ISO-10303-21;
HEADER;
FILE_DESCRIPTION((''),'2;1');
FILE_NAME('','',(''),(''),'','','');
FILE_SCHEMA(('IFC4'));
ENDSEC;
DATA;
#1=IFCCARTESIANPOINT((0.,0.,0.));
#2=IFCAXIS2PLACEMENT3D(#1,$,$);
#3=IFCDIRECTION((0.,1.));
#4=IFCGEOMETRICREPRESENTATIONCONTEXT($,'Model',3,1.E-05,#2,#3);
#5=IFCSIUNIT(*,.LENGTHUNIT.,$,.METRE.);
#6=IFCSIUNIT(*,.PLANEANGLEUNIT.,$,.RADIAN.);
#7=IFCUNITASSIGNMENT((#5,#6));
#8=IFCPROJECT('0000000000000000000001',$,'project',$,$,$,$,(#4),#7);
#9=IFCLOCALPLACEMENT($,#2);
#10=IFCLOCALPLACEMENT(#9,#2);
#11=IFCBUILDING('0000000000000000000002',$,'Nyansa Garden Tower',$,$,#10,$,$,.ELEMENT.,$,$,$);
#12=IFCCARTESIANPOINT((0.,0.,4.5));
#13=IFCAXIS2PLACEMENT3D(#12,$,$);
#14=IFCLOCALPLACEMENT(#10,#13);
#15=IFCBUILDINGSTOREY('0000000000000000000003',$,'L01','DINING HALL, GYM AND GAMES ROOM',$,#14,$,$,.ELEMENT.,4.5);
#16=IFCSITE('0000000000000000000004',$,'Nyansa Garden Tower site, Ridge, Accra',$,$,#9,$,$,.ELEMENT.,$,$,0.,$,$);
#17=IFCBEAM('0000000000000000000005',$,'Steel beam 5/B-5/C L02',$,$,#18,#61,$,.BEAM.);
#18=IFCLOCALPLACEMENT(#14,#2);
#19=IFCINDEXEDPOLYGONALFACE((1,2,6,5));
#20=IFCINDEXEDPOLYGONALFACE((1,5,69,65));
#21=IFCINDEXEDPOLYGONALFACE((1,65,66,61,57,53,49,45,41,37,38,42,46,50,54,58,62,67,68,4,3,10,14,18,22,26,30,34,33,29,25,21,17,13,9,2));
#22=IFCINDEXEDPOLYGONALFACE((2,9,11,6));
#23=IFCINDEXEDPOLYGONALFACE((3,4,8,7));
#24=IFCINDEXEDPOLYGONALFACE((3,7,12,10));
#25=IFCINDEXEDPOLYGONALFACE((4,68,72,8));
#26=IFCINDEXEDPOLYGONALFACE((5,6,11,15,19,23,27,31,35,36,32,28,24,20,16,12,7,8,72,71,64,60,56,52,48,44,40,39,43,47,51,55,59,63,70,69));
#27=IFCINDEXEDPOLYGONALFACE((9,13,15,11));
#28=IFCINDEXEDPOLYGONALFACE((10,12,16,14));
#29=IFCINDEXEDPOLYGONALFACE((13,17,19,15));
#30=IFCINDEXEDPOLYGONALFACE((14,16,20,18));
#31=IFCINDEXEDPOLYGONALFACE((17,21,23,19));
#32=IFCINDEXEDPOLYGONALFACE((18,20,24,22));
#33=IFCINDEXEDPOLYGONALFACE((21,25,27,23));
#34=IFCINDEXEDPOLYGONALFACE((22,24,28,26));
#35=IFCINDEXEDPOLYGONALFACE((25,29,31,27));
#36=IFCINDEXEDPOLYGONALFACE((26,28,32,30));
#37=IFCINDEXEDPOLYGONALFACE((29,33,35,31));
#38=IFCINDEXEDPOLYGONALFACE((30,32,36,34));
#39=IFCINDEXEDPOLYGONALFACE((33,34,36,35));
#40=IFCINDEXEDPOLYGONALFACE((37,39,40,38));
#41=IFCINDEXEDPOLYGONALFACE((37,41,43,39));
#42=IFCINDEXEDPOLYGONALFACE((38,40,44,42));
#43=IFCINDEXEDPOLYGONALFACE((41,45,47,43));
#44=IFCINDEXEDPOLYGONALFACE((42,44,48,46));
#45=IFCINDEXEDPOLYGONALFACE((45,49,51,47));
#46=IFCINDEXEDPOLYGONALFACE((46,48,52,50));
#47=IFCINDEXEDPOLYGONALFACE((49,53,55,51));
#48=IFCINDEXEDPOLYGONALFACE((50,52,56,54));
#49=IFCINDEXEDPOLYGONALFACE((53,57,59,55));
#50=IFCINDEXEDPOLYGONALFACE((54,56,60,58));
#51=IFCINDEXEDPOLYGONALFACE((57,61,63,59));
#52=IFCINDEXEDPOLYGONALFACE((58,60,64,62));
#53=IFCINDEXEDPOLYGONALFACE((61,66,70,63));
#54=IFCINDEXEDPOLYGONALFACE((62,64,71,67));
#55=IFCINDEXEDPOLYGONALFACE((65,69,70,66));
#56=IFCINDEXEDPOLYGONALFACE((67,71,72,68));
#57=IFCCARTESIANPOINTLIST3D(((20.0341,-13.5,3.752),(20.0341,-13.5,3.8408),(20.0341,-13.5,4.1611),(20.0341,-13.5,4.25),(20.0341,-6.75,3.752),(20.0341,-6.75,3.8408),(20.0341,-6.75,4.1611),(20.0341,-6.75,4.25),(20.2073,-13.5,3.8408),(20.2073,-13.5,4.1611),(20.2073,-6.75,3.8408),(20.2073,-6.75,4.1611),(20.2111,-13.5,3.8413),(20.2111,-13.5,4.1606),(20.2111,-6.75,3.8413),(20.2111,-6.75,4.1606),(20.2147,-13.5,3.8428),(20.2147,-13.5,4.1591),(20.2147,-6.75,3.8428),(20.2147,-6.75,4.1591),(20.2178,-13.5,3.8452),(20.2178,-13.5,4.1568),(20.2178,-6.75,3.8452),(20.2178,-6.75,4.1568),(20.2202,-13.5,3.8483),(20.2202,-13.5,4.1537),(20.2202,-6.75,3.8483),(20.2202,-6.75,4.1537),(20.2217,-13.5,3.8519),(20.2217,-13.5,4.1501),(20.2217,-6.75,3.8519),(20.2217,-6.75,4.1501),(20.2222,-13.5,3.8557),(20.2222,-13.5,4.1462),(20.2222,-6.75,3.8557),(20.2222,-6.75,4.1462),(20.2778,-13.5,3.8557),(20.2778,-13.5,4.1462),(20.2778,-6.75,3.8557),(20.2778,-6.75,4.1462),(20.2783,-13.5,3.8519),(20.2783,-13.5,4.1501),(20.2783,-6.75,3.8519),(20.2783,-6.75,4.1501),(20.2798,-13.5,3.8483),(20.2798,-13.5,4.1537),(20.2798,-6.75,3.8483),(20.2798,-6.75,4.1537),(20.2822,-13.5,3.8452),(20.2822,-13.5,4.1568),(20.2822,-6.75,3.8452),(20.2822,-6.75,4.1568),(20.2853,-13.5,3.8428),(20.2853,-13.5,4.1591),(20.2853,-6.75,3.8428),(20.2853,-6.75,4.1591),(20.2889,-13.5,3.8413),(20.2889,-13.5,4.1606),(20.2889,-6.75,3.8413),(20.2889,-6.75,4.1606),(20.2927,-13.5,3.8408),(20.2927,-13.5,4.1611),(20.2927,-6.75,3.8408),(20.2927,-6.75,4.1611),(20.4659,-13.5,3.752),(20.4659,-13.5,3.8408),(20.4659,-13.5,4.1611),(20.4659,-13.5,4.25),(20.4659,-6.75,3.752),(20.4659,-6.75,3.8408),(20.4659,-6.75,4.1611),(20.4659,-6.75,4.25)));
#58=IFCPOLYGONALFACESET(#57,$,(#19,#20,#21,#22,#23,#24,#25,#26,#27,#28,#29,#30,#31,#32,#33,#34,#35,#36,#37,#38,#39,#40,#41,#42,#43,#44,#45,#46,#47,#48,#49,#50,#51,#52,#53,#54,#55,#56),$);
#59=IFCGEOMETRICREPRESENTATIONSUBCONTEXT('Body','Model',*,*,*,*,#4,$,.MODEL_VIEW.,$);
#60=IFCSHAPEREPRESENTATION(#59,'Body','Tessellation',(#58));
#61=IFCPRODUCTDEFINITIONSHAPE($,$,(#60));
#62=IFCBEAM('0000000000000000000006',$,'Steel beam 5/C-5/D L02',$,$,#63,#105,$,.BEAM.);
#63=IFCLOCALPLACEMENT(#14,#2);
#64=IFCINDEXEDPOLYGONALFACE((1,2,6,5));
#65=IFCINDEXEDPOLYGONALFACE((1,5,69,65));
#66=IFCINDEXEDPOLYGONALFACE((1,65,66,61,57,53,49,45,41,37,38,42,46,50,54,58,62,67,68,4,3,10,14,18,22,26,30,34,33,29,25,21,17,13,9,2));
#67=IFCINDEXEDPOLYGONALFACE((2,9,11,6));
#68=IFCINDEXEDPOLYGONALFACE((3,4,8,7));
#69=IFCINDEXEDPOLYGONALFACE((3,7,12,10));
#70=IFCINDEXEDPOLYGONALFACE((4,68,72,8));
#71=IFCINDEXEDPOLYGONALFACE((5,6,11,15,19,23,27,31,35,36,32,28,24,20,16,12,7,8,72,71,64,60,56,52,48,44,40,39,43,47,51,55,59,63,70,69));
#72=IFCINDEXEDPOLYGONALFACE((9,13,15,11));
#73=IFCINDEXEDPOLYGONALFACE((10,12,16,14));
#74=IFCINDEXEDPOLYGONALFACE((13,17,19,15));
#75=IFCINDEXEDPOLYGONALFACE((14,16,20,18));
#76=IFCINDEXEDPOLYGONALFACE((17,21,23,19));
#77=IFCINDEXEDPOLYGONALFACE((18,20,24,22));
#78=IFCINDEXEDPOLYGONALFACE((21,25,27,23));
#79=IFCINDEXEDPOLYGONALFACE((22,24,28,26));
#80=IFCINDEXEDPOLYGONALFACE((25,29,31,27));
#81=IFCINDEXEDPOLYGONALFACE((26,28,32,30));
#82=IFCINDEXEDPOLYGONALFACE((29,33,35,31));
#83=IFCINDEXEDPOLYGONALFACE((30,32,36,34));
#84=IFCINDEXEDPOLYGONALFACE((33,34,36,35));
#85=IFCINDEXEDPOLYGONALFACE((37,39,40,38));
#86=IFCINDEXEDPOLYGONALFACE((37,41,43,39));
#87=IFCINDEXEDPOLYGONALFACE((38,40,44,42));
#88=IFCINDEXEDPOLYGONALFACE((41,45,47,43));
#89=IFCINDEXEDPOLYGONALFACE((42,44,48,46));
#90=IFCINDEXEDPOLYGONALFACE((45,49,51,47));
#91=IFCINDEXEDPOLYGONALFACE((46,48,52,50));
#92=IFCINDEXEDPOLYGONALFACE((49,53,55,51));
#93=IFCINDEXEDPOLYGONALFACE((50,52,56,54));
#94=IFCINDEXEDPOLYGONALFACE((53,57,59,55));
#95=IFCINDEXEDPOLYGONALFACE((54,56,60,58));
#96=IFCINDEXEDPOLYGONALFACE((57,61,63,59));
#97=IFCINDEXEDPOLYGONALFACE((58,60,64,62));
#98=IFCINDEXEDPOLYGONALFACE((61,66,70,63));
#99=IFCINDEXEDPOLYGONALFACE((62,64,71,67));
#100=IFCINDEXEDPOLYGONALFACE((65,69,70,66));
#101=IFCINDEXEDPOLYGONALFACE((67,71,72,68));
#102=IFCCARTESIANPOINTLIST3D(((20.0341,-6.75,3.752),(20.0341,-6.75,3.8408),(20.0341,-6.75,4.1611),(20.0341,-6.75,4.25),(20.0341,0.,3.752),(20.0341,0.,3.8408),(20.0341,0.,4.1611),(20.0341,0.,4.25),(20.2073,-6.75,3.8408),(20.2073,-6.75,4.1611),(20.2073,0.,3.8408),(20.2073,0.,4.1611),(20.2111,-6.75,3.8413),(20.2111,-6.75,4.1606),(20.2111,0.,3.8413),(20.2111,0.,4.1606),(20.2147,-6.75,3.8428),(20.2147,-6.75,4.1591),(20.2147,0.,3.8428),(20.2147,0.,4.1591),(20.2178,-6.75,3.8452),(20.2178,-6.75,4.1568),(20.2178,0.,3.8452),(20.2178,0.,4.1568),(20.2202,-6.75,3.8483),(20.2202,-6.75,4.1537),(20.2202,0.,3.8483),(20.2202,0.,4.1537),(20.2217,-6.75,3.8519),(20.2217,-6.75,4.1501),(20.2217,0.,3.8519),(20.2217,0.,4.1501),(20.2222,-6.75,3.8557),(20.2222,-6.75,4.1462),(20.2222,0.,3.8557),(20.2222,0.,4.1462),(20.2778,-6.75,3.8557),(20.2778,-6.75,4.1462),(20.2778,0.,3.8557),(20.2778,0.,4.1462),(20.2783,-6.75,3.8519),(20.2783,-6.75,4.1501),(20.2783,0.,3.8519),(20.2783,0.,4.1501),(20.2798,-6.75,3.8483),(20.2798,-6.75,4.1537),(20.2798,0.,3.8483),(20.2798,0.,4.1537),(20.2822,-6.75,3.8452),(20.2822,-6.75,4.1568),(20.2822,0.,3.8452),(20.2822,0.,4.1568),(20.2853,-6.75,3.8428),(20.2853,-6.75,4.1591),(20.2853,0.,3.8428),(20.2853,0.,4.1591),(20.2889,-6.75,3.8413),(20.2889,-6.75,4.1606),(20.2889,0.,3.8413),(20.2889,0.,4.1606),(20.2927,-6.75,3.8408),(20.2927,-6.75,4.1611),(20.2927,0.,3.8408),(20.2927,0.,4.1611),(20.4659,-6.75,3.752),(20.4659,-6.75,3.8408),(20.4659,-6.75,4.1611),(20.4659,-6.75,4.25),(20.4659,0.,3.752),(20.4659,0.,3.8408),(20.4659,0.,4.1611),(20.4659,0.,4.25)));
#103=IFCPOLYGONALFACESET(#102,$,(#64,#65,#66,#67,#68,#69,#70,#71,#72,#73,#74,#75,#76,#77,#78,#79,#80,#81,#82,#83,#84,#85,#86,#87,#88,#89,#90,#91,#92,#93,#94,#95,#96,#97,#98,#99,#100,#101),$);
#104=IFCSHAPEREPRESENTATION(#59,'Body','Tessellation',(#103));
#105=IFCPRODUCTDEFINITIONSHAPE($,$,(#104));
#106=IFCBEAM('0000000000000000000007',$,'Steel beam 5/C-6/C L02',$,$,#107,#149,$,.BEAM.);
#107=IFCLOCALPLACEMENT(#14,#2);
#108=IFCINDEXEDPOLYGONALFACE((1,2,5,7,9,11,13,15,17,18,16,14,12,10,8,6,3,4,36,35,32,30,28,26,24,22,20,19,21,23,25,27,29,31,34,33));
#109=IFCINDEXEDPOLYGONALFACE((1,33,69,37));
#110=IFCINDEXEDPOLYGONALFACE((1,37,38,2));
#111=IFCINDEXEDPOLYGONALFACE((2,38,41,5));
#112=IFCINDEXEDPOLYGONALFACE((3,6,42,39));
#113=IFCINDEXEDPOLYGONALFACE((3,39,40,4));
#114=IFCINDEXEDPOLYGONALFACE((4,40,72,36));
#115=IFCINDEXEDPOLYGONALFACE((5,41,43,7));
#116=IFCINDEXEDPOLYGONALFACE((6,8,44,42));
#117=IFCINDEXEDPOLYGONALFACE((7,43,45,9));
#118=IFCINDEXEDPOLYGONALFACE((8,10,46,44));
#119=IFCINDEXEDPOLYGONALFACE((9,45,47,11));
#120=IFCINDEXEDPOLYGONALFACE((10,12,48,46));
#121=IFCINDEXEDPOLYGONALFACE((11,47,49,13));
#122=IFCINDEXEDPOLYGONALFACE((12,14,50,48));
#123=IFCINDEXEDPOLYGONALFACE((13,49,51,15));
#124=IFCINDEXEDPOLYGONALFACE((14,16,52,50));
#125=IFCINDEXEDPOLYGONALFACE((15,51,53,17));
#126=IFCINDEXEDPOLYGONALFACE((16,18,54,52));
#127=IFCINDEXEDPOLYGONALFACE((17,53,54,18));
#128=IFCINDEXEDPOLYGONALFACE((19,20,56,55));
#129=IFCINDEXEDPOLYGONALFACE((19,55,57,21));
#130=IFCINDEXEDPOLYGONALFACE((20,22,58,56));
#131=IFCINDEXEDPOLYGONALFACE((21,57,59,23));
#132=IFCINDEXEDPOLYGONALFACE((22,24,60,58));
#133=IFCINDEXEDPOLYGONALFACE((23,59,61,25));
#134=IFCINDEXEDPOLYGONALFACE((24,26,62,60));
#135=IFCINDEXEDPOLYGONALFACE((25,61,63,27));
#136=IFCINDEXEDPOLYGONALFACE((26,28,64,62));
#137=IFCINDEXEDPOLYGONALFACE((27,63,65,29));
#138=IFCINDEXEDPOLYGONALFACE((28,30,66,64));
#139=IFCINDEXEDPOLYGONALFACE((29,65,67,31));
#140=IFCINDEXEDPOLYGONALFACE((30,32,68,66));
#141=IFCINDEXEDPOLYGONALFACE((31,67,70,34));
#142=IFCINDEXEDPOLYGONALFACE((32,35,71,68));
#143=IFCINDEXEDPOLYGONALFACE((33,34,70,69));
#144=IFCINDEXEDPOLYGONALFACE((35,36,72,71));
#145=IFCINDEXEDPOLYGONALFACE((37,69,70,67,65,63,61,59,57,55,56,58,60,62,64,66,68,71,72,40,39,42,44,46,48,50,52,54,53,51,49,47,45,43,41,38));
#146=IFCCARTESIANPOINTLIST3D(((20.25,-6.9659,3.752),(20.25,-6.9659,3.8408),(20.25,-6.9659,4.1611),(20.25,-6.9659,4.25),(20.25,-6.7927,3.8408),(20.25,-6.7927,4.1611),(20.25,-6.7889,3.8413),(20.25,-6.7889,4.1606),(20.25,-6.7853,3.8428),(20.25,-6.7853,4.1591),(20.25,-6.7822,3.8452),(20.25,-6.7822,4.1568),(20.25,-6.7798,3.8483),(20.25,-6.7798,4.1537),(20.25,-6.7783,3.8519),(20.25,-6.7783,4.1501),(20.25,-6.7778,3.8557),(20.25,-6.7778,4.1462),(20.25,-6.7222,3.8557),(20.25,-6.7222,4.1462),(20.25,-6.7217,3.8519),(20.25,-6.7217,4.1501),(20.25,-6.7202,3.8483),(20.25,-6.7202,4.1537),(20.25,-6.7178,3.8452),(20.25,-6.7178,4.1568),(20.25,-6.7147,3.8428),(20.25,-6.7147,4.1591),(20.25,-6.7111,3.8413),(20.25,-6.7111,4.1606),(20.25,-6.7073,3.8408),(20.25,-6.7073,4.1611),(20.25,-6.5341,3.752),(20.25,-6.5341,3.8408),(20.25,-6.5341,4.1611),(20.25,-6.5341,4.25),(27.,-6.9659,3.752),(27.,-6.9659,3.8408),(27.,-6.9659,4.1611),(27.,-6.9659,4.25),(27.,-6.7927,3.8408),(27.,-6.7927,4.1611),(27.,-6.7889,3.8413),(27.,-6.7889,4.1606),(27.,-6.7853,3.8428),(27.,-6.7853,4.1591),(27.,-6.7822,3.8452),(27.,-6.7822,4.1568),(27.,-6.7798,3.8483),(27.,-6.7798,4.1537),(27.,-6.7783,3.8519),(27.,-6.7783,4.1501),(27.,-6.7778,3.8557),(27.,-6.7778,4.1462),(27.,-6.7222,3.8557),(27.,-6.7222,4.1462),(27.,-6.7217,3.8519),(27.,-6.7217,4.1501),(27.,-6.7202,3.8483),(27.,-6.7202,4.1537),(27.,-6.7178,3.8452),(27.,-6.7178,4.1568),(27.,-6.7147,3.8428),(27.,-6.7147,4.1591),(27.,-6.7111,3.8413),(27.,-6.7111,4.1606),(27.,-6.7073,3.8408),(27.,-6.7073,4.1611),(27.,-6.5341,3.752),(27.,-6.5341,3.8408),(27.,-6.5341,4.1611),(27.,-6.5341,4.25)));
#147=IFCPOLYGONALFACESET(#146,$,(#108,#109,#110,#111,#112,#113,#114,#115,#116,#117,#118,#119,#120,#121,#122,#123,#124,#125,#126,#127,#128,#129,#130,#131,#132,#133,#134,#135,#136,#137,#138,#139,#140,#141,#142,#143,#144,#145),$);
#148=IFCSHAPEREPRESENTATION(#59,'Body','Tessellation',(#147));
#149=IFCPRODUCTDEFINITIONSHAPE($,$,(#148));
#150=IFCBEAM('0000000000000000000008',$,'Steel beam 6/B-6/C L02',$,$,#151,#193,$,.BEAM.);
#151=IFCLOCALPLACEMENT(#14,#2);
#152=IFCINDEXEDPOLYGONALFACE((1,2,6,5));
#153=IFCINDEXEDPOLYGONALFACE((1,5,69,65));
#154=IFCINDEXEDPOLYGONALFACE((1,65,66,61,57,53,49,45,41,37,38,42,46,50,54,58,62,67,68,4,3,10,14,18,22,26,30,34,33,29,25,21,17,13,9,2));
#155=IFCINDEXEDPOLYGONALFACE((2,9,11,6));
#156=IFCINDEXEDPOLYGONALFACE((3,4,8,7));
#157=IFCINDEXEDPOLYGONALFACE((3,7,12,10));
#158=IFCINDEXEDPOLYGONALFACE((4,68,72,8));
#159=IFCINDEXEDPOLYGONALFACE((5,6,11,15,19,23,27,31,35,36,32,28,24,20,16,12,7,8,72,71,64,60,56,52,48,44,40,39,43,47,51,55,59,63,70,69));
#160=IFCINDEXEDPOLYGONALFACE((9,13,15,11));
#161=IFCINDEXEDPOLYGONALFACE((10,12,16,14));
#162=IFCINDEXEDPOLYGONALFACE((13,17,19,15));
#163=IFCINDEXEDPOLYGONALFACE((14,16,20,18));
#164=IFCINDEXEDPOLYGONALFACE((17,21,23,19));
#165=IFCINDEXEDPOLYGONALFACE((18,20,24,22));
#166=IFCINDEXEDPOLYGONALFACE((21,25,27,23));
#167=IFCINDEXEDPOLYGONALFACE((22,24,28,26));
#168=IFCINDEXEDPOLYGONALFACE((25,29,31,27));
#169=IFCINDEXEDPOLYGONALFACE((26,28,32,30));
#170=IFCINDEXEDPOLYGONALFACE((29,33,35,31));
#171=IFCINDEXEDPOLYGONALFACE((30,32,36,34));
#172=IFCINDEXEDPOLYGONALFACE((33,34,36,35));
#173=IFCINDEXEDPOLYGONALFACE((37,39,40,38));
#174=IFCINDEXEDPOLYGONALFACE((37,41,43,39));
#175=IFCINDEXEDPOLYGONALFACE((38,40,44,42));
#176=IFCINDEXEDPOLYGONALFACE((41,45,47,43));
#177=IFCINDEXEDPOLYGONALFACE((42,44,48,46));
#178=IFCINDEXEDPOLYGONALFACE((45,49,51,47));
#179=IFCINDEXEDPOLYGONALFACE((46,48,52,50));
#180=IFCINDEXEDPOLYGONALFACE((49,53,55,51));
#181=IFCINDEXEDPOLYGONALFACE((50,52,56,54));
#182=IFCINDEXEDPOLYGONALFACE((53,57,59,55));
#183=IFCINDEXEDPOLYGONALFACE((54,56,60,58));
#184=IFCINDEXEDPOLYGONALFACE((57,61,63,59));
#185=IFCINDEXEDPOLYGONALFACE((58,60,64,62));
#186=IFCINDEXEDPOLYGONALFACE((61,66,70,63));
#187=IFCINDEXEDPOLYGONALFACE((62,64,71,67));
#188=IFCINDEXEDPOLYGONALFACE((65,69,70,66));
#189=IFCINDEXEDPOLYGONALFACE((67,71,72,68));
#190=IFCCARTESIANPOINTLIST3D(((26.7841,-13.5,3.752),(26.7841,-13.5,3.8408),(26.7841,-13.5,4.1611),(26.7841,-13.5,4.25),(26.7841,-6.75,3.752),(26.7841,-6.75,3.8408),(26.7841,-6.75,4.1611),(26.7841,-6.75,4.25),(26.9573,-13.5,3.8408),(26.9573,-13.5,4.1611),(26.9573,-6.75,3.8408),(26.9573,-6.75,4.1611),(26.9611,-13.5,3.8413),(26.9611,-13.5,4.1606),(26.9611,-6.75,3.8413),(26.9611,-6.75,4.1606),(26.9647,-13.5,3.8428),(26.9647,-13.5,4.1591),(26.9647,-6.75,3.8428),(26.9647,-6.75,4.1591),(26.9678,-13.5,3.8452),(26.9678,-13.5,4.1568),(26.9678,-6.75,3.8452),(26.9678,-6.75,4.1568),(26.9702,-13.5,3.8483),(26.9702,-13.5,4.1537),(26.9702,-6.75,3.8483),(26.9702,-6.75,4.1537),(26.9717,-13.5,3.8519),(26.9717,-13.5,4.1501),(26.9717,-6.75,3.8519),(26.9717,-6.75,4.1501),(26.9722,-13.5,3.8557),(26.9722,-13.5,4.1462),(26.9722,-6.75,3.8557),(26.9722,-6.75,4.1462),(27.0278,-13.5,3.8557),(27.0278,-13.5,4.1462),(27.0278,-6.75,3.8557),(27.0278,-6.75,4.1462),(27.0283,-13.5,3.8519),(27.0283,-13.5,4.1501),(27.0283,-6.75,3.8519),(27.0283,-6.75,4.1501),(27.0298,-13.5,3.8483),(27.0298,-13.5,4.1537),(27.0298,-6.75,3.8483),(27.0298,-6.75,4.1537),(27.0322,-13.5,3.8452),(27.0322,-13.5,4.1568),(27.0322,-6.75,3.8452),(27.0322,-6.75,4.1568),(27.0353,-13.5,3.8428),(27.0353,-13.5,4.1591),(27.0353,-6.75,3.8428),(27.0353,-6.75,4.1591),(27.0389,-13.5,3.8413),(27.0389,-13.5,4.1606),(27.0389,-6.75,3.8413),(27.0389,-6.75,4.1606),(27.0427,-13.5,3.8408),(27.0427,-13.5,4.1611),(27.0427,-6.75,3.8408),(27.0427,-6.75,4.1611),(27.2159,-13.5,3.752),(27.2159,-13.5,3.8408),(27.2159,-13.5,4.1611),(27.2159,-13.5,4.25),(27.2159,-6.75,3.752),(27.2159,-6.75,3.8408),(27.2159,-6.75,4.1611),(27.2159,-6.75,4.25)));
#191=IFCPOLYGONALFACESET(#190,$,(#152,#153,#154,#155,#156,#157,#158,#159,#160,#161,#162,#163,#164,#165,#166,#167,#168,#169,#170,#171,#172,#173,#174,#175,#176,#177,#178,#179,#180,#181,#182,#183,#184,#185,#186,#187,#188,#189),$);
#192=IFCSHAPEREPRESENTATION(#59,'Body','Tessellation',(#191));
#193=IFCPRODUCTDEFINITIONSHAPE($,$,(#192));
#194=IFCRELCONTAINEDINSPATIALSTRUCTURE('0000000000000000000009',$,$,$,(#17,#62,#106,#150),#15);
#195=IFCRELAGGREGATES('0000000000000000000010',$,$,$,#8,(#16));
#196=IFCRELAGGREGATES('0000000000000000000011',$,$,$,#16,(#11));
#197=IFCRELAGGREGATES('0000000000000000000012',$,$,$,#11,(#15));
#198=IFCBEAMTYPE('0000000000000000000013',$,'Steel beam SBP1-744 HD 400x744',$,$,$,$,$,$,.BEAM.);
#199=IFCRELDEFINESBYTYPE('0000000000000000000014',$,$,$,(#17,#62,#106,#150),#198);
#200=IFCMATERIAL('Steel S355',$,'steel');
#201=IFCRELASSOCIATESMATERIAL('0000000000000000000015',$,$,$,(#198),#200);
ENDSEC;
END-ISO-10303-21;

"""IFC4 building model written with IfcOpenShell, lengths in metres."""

from ifc_helpers import new_model, si_unit, direction, frame, origin, origin_2d, place, context, subcontext, project, spatial, i_section, extrude, material, material_profile, profile_set, type_object, element, save


model = new_model("IFC4")

# Units and contexts
model_context = context("Model", 3, precision=1e-05, world=origin(), true_north=direction((0.0, 1.0)))
body_context = subcontext(model_context, "Body", "Model", "MODEL_VIEW")
ifc_project = project(units=[si_unit("LENGTHUNIT", "METRE"), si_unit("PLANEANGLEUNIT", "RADIAN")], contexts=[model_context])

# Site, building, storey
site_placement = place(None, origin())
site = spatial("IfcSite", under=ifc_project, at=site_placement, Name="Nyansa Garden Tower site, Ridge, Accra", CompositionType="ELEMENT", RefElevation=0.0)
building_placement = place(site_placement, origin())
building = spatial("IfcBuilding", under=site, at=building_placement, Name="Nyansa Garden Tower", CompositionType="ELEMENT")
storey_placement = place(building_placement, frame((0.0, 0.0, 4.5)))
storey = spatial("IfcBuildingStorey", under=building, at=storey_placement, Name="L01", Description="DINING HALL, GYM AND GAMES ROOM", CompositionType="ELEMENT", Elevation=4.5)

# Beams
ifc_material_1 = material(Name="Steel S355", Category="steel")
ifc_material_profile_1 = material_profile(ifc_material_1, i_section(OverallWidth=0.4319, OverallDepth=0.498, WebThickness=0.0557, FlangeThickness=0.0889, FilletRadius=0.0149, at=origin_2d()), Name="HD 400x744")
ifc_profile_set_1 = profile_set([ifc_material_profile_1], Name="Steel S355")
beam_type_1 = type_object("IfcBeamType", Name="Steel beam SBP1-744 HD 400x744", PredefinedType="BEAM", material=ifc_profile_set_1)
for number, where, z_axis, x_axis, name in (
    (1, (20.25, -13.5, 4.001), (0.0, 1.0, 0.0), (-1.0, 0.0, 0.0), "Steel beam 5/B-5/C L02"),
    (2, (20.25, -6.75, 4.001), (0.0, 1.0, 0.0), (-1.0, 0.0, 0.0), "Steel beam 5/C-5/D L02"),
    (3, (20.25, -6.75, 4.001), (1.0, 0.0, 0.0), (0.0, 1.0, 0.0), "Steel beam 5/C-6/C L02"),
    (4, (27.0, -13.5, 4.001), (0.0, 1.0, 0.0), (-1.0, 0.0, 0.0), "Steel beam 6/B-6/C L02"),
):
    element("IfcBeam", number, at=place(storey_placement, frame(where, z_axis=z_axis, x_axis=x_axis)), inside=storey, type_object=beam_type_1, Name=name, PredefinedType="BEAM", context=body_context, shape_type="SweptSolid", body=[
        extrude(i_section(OverallWidth=0.4319, OverallDepth=0.498, WebThickness=0.0557, FlangeThickness=0.0889, FilletRadius=0.0149, at=origin_2d()), origin(), (0.0, 0.0, 1.0), 6.75),
    ])

save(model, "model.ifc")
